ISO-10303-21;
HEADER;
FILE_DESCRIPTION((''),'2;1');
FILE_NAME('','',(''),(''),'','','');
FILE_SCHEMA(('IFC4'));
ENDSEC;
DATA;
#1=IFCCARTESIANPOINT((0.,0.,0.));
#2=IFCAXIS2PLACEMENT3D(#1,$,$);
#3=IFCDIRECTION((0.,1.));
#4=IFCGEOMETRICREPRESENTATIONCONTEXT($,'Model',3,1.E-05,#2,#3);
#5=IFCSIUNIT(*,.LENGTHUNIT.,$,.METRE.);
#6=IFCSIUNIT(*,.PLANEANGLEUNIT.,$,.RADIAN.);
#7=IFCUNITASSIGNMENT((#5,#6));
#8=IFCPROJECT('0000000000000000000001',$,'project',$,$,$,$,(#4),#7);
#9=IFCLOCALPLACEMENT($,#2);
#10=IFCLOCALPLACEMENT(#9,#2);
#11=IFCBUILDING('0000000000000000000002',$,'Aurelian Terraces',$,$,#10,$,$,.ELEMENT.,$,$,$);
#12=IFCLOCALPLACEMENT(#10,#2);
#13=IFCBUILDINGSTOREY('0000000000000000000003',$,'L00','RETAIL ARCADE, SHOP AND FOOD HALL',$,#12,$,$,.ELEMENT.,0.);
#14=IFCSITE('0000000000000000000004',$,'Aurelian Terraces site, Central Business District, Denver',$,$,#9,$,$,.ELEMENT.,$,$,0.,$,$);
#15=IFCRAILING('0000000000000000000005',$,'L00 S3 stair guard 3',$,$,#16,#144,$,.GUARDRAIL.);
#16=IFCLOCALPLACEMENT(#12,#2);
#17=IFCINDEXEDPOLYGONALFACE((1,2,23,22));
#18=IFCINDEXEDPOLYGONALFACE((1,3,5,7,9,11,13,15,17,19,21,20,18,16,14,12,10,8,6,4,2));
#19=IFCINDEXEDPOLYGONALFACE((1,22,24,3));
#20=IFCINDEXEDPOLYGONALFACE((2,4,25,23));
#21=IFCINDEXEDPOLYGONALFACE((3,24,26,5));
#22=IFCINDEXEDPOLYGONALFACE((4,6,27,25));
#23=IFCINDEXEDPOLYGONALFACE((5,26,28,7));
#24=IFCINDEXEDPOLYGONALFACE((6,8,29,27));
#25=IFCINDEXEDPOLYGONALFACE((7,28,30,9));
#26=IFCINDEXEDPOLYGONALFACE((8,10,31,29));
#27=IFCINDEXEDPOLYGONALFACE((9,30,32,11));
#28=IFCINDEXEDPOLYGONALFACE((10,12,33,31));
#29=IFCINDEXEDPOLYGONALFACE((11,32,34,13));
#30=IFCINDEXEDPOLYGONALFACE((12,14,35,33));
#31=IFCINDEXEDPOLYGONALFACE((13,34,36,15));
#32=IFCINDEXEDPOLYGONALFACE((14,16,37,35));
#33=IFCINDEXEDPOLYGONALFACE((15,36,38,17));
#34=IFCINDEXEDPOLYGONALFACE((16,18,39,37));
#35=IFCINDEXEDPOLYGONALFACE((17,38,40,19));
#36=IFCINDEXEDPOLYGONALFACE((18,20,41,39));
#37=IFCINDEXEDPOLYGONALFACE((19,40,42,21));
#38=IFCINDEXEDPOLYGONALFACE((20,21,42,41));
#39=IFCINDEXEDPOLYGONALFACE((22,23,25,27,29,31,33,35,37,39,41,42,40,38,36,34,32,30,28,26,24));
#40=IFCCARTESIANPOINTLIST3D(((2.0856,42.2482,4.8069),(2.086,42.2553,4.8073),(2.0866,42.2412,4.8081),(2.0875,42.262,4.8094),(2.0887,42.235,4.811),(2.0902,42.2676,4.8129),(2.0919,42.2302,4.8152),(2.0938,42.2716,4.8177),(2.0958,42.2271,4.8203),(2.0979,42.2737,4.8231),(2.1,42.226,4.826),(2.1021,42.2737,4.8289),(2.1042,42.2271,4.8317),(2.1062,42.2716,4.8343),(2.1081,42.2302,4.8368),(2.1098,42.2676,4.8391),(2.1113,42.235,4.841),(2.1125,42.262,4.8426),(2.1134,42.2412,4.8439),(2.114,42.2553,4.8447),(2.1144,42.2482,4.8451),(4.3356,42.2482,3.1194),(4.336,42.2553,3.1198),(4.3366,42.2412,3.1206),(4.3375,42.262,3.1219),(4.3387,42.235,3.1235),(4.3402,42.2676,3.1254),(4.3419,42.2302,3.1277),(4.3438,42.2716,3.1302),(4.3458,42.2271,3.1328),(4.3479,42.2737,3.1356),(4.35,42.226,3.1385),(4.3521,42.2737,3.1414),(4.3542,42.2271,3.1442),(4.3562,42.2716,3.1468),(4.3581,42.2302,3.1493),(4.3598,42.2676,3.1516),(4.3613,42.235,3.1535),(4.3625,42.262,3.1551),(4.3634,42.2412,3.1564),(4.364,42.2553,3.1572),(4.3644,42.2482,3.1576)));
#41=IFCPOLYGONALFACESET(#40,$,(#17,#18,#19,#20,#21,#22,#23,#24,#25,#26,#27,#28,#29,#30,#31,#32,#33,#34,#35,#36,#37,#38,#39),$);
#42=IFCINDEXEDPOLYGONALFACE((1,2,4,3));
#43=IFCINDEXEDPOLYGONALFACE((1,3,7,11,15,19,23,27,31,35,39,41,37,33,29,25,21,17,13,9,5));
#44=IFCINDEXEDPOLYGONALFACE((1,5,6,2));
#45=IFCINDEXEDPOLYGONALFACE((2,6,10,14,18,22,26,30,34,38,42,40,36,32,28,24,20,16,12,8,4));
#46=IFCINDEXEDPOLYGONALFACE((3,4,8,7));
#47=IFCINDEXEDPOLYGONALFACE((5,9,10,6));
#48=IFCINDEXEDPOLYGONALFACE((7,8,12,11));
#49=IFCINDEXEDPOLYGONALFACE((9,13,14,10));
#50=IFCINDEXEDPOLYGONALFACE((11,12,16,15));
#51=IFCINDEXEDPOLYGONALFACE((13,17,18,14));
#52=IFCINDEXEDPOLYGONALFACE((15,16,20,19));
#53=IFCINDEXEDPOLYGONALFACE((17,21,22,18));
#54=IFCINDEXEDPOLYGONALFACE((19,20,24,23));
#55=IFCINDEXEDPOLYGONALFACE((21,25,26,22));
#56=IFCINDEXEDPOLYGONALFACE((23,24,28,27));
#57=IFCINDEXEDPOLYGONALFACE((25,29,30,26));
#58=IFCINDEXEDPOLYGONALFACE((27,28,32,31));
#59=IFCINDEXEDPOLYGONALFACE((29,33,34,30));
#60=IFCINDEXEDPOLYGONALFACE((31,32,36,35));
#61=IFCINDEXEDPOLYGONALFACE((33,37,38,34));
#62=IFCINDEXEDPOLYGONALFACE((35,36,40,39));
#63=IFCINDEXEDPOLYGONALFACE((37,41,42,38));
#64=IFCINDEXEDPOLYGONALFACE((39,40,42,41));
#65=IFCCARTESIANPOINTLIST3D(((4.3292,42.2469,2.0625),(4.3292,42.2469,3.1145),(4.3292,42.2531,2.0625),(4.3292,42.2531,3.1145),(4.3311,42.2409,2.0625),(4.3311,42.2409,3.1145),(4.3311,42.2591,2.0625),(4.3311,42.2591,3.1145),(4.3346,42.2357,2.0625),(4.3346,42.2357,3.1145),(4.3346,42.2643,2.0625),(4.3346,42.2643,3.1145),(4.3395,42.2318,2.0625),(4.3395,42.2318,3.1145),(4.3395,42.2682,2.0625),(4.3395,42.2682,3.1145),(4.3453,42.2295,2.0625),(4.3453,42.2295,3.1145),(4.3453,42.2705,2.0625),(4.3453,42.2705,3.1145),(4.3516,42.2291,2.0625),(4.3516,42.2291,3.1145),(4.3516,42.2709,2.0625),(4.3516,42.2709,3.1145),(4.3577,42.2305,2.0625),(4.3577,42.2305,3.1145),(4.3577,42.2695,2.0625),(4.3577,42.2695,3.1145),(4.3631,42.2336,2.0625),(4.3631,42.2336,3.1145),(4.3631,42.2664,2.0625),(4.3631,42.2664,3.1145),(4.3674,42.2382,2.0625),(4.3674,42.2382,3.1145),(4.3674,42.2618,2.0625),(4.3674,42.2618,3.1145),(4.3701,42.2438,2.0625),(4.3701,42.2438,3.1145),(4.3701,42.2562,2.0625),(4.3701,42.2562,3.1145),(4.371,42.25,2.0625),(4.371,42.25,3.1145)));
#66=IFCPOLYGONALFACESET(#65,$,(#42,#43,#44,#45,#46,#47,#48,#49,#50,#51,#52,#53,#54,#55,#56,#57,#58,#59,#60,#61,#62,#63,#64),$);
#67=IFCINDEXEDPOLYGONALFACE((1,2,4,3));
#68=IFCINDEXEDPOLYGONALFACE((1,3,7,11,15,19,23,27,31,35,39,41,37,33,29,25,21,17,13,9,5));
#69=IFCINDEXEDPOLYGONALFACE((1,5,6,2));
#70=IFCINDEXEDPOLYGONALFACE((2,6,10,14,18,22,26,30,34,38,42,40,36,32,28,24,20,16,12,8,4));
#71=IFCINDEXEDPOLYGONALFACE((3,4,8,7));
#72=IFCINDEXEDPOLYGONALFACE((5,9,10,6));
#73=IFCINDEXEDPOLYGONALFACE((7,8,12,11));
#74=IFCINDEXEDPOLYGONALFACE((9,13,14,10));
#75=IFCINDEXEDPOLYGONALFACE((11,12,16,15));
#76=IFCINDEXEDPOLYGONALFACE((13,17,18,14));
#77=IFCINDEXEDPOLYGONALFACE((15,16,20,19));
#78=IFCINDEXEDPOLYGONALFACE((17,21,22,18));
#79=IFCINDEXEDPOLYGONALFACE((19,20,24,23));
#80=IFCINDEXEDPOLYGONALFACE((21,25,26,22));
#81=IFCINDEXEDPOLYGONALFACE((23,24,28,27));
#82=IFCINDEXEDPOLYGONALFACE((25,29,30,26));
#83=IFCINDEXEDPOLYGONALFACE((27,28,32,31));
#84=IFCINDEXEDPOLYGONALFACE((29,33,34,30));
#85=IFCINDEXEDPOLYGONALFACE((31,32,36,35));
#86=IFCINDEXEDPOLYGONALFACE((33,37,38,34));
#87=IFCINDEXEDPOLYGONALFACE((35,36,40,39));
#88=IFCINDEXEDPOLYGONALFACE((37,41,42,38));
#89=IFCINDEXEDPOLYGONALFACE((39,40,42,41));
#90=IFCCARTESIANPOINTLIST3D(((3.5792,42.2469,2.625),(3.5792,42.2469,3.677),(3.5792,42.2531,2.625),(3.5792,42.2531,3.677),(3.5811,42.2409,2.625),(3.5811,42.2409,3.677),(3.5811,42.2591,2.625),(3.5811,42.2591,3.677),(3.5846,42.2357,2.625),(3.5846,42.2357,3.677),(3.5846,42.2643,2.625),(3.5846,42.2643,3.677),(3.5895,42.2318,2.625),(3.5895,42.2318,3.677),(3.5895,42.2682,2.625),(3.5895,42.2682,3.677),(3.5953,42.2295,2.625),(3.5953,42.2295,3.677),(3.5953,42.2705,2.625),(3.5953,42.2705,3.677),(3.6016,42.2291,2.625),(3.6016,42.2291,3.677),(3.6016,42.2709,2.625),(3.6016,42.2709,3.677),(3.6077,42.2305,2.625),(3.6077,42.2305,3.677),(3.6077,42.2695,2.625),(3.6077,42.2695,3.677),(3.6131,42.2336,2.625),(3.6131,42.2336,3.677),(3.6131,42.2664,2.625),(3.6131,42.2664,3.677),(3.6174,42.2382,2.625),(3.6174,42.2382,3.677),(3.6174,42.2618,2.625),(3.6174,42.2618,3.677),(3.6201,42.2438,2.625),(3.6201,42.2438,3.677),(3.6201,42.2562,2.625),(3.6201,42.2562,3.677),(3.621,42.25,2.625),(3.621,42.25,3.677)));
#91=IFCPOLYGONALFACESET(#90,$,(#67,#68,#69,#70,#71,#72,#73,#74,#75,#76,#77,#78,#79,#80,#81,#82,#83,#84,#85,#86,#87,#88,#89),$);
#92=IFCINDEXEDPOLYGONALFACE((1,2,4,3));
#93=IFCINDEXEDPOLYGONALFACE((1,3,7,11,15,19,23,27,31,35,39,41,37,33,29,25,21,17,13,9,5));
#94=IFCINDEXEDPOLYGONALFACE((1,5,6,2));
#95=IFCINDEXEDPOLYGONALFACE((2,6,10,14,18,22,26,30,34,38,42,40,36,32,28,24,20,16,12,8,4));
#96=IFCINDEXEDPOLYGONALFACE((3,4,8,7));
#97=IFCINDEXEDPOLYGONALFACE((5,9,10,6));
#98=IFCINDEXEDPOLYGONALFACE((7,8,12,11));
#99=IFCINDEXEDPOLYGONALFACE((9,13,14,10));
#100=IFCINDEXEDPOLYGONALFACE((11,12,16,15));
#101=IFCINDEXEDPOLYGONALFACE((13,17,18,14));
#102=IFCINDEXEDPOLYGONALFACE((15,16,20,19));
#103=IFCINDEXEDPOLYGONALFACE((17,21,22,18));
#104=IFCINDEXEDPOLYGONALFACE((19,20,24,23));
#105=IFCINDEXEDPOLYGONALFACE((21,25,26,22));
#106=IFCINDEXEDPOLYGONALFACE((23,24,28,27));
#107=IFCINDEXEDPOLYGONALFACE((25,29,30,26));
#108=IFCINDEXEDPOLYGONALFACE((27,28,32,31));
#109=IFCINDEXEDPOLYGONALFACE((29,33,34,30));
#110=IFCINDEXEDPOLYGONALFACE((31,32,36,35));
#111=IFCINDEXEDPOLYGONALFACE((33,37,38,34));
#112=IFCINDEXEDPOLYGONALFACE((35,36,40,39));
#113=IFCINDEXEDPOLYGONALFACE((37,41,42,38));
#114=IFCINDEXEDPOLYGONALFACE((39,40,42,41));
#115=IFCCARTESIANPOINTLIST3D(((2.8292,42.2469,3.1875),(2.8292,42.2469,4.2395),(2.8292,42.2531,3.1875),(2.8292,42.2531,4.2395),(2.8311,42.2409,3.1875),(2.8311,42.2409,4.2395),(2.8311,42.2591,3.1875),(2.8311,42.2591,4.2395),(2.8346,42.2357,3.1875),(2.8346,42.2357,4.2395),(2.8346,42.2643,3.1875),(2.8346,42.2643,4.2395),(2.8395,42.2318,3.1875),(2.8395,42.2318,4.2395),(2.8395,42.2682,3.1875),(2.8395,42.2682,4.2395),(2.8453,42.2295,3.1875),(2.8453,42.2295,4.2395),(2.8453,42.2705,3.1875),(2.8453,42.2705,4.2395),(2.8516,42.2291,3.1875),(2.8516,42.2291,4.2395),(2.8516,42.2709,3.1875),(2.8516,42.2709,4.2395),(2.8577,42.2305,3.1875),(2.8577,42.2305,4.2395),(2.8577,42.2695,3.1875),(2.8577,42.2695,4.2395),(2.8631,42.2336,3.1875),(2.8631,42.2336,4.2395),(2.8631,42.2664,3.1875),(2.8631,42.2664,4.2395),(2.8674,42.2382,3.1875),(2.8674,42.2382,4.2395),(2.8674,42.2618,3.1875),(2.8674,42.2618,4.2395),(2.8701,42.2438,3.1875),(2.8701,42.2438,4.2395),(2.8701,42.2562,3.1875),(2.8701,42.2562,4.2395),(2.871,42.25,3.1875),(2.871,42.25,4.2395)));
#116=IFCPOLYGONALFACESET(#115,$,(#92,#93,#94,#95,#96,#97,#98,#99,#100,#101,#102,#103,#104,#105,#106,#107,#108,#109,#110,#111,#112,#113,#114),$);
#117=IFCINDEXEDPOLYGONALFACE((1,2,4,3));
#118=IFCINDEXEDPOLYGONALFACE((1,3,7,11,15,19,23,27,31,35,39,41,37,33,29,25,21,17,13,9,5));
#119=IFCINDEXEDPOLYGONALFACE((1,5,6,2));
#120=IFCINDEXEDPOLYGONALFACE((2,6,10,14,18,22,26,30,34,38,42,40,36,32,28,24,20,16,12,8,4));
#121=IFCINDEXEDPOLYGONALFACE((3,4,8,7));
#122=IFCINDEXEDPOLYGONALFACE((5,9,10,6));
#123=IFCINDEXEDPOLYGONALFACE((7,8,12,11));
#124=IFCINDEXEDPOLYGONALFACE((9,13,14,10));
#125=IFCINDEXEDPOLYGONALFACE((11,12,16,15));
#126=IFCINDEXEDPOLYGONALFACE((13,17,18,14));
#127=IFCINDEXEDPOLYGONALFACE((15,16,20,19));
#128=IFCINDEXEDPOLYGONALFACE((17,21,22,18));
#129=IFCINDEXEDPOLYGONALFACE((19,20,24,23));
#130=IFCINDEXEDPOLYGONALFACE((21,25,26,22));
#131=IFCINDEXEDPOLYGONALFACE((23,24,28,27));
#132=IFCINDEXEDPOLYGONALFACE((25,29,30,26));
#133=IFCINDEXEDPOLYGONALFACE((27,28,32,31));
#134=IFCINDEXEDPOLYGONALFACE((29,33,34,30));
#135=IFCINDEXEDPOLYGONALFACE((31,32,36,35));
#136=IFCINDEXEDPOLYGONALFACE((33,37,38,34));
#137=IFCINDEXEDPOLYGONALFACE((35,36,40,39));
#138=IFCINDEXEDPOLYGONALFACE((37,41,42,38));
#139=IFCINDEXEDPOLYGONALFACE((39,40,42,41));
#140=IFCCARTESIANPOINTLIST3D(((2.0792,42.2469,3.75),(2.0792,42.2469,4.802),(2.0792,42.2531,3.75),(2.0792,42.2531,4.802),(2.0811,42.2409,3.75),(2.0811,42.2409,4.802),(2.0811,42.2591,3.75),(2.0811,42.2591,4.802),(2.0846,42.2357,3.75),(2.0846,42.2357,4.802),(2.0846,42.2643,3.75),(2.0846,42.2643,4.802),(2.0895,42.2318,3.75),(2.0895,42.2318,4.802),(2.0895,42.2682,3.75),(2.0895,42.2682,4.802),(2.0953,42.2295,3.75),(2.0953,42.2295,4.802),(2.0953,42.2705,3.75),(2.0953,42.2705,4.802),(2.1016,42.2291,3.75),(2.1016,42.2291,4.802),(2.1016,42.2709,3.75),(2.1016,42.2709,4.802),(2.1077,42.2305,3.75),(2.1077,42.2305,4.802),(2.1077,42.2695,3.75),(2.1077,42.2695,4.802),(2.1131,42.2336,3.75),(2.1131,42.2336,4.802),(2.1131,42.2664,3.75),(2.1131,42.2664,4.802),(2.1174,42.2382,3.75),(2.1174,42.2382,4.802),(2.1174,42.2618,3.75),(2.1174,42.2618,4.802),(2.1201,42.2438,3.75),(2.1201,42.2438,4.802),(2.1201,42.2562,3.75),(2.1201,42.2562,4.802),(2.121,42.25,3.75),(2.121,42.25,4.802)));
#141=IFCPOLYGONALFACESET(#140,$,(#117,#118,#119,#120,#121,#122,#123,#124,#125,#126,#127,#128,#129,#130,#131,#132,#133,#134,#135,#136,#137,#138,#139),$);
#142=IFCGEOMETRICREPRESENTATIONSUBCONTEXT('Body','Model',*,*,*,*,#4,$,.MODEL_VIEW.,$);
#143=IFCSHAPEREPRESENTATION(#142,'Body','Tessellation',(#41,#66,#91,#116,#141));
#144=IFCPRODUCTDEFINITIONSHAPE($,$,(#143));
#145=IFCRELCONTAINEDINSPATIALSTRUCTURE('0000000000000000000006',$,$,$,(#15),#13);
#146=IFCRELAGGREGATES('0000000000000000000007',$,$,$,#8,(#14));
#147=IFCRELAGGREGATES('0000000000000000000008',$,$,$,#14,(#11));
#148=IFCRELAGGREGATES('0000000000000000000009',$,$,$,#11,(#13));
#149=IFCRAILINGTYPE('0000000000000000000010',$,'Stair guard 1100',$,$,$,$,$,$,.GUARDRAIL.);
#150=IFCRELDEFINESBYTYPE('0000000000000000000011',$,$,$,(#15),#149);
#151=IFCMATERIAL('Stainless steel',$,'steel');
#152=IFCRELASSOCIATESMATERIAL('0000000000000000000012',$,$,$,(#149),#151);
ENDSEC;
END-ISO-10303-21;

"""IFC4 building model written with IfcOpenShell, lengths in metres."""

from ifc_helpers import new_model, si_unit, direction, frame, origin, origin_2d, place, context, subcontext, project, spatial, circle, extrude, material, type_object, element, save


model = new_model("IFC4")

# Units and contexts
model_context = context("Model", 3, precision=1e-05, world=origin(), true_north=direction((0.0, 1.0)))
body_context = subcontext(model_context, "Body", "Model", "MODEL_VIEW")
ifc_project = project(units=[si_unit("LENGTHUNIT", "METRE"), si_unit("PLANEANGLEUNIT", "RADIAN")], contexts=[model_context])

# Site, building, storey
site_placement = place(None, origin())
site = spatial("IfcSite", under=ifc_project, at=site_placement, Name="Aurelian Terraces site, Central Business District, Denver", CompositionType="ELEMENT", RefElevation=0.0)
building_placement = place(site_placement, origin())
building = spatial("IfcBuilding", under=site, at=building_placement, Name="Aurelian Terraces", CompositionType="ELEMENT")
storey_placement = place(building_placement, origin())
storey = spatial("IfcBuildingStorey", under=building, at=storey_placement, Name="L00", Description="RETAIL ARCADE, SHOP AND FOOD HALL", CompositionType="ELEMENT", Elevation=0.0)

# Railing
ifc_material_1 = material(Name="Stainless steel", Category="steel")
railing_type_1 = type_object("IfcRailingType", Name="Stair guard 1100", PredefinedType="GUARDRAIL", material=ifc_material_1)
railing_1_placement = place(storey_placement, frame((4.35, 42.25, 2.0625)))
element("IfcRailing", 1, at=railing_1_placement, inside=storey, type_object=railing_type_1, Name="L00 S3 stair guard 3", PredefinedType="GUARDRAIL", context=body_context, shape_type="SweptSolid", body=[
    extrude(circle(Radius=0.024, at=origin_2d()), frame((0.0, 0.0, 1.076), z_axis=(-0.8, 0.0, 0.6), x_axis=(0.0, -1.0, 0.0)), (0.0, 0.0, 1.0), 2.8125),
    extrude(circle(Radius=0.021, at=origin_2d()), origin(), (0.0, 0.0, 1.0), 1.052),
    extrude(circle(Radius=0.021, at=origin_2d()), frame((-0.75, 0.0, 0.5625)), (0.0, 0.0, 1.0), 1.052),
    extrude(circle(Radius=0.021, at=origin_2d()), frame((-1.5, 0.0, 1.125)), (0.0, 0.0, 1.0), 1.052),
    extrude(circle(Radius=0.021, at=origin_2d()), frame((-2.25, 0.0, 1.6875)), (0.0, 0.0, 1.0), 1.052),
])

save(model, "model.ifc")
